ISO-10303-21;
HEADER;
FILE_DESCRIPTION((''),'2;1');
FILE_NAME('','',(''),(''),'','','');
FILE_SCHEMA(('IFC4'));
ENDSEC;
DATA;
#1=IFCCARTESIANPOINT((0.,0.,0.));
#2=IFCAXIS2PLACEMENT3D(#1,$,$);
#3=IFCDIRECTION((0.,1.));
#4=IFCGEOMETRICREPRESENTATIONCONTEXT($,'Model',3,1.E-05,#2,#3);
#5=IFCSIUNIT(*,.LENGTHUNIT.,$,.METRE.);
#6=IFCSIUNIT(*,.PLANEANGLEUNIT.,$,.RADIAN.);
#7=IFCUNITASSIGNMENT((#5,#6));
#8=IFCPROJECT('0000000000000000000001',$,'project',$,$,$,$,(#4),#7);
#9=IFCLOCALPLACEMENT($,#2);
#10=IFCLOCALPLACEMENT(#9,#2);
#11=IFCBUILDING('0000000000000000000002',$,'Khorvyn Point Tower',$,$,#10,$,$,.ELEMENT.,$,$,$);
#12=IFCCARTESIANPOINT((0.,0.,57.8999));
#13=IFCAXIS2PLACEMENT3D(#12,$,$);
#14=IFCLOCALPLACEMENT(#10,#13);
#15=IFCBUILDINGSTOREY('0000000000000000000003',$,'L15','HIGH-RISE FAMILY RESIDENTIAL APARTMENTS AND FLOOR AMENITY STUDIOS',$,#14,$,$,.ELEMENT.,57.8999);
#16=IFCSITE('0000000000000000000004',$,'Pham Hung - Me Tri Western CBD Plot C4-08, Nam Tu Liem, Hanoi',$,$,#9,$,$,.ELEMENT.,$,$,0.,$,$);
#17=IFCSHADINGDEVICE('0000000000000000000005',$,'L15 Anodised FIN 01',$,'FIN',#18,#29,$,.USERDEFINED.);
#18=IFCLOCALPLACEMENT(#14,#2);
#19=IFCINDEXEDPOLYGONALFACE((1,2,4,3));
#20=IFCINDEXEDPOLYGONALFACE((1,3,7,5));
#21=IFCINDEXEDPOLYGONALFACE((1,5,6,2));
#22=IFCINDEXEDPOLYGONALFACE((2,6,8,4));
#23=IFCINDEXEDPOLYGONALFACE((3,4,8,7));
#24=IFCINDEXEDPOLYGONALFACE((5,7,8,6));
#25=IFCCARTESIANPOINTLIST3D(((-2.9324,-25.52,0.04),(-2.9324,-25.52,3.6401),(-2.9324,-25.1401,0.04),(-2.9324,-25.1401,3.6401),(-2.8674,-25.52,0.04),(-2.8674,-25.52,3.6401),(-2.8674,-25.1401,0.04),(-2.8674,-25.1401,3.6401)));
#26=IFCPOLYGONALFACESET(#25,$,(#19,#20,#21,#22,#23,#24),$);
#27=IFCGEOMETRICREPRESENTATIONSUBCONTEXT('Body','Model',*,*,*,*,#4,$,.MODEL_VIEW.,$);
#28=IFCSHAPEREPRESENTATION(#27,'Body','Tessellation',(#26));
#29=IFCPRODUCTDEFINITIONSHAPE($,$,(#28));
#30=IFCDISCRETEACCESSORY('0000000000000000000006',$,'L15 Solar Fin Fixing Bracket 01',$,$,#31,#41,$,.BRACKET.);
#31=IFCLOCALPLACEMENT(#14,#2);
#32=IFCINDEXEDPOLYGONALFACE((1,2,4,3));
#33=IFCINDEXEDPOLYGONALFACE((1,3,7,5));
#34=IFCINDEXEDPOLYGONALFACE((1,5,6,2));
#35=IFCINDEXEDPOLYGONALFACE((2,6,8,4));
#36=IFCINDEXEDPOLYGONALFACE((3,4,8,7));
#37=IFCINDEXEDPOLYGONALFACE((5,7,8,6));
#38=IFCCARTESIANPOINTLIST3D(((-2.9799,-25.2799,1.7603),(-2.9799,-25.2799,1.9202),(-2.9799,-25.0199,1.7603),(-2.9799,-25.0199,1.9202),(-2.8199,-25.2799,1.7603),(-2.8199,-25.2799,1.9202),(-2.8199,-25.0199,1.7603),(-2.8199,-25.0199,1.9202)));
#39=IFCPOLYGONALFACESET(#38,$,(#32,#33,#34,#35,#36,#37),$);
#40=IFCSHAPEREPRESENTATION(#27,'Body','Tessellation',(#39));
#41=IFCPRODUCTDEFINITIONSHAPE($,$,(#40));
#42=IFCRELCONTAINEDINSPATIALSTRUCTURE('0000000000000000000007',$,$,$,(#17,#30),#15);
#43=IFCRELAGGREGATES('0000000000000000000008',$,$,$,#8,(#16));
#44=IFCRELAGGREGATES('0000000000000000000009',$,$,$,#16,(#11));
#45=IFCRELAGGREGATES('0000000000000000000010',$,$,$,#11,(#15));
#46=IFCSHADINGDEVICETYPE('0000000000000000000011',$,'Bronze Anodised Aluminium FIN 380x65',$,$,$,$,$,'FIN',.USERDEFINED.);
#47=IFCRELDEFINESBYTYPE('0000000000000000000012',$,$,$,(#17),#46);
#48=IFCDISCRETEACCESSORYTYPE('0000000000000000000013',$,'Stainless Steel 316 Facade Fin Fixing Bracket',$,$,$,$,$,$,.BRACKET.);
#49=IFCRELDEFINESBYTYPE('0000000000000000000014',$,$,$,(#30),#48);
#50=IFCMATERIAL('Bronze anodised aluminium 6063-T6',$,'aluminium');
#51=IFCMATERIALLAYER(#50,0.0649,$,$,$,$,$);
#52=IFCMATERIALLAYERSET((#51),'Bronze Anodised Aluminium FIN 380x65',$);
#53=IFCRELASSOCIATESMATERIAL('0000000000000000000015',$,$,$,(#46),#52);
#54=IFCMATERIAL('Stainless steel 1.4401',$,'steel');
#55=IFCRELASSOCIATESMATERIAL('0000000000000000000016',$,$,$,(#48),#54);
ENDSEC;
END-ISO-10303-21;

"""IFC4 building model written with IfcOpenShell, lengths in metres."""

from ifc_helpers import new_model, si_unit, direction, frame, origin, origin_2d, place, context, subcontext, project, spatial, rectangle, extrude, material, layer, layer_set, type_object, element, save


model = new_model("IFC4")

# Units and contexts
model_context = context("Model", 3, precision=1e-05, world=origin(), true_north=direction((0.0, 1.0)))
body_context = subcontext(model_context, "Body", "Model", "MODEL_VIEW")
ifc_project = project(units=[si_unit("LENGTHUNIT", "METRE"), si_unit("PLANEANGLEUNIT", "RADIAN")], contexts=[model_context])

# Site, building, storey
site_placement = place(None, origin())
site = spatial("IfcSite", under=ifc_project, at=site_placement, Name="Pham Hung - Me Tri Western CBD Plot C4-08, Nam Tu Liem, Hanoi", CompositionType="ELEMENT", RefElevation=0.0)
building_placement = place(site_placement, origin())
building = spatial("IfcBuilding", under=site, at=building_placement, Name="Khorvyn Point Tower", CompositionType="ELEMENT")
storey_placement = place(building_placement, frame((0.0, 0.0, 57.8999)))
storey = spatial("IfcBuildingStorey", under=building, at=storey_placement, Name="L15", Description="HIGH-RISE FAMILY RESIDENTIAL APARTMENTS AND FLOOR AMENITY STUDIOS", CompositionType="ELEMENT", Elevation=57.8999)

# Shading device
ifc_material_1 = material(Name="Bronze anodised aluminium 6063-T6", Category="aluminium")
ifc_layer_1 = layer(ifc_material_1, 0.0649)
ifc_layer_set_1 = layer_set([ifc_layer_1], Name="Bronze Anodised Aluminium FIN 380x65")
shading_device_type = type_object("IfcShadingDeviceType", Name="Bronze Anodised Aluminium FIN 380x65", ElementType="FIN", PredefinedType="USERDEFINED", material=ifc_layer_set_1)
shading_device_placement = place(storey_placement, frame((-2.8999, -25.3301, 0.04), z_axis=(0.0, 0.0, 1.0), x_axis=(0.0, -1.0, 0.0)))
element("IfcShadingDevice", 1, at=shading_device_placement, inside=storey, type_object=shading_device_type, Name="L15 Anodised FIN 01", ObjectType="FIN", PredefinedType="USERDEFINED", context=body_context, shape_type="SweptSolid", body=[
    extrude(rectangle(XDim=0.3799, YDim=0.0649, at=origin_2d()), origin(), (0.0, 0.0, 1.0), 3.6001),
])

# Discrete accessory
ifc_material_2 = material(Name="Stainless steel 1.4401", Category="steel")
discrete_accessory_type = type_object("IfcDiscreteAccessoryType", Name="Stainless Steel 316 Facade Fin Fixing Bracket", PredefinedType="BRACKET", material=ifc_material_2)
discrete_accessory_placement = place(storey_placement, frame((-2.8999, -25.1499, 1.7603), z_axis=(0.0, 0.0, 1.0), x_axis=(-1.0, 0.0, 0.0)))
element("IfcDiscreteAccessory", 2, at=discrete_accessory_placement, inside=storey, type_object=discrete_accessory_type, Name="L15 Solar Fin Fixing Bracket 01", PredefinedType="BRACKET", context=body_context, shape_type="SweptSolid", body=[
    extrude(rectangle(XDim=0.1599, YDim=0.26, at=origin_2d()), origin(), (0.0, 0.0, 1.0), 0.1599),
])

save(model, "model.ifc")
